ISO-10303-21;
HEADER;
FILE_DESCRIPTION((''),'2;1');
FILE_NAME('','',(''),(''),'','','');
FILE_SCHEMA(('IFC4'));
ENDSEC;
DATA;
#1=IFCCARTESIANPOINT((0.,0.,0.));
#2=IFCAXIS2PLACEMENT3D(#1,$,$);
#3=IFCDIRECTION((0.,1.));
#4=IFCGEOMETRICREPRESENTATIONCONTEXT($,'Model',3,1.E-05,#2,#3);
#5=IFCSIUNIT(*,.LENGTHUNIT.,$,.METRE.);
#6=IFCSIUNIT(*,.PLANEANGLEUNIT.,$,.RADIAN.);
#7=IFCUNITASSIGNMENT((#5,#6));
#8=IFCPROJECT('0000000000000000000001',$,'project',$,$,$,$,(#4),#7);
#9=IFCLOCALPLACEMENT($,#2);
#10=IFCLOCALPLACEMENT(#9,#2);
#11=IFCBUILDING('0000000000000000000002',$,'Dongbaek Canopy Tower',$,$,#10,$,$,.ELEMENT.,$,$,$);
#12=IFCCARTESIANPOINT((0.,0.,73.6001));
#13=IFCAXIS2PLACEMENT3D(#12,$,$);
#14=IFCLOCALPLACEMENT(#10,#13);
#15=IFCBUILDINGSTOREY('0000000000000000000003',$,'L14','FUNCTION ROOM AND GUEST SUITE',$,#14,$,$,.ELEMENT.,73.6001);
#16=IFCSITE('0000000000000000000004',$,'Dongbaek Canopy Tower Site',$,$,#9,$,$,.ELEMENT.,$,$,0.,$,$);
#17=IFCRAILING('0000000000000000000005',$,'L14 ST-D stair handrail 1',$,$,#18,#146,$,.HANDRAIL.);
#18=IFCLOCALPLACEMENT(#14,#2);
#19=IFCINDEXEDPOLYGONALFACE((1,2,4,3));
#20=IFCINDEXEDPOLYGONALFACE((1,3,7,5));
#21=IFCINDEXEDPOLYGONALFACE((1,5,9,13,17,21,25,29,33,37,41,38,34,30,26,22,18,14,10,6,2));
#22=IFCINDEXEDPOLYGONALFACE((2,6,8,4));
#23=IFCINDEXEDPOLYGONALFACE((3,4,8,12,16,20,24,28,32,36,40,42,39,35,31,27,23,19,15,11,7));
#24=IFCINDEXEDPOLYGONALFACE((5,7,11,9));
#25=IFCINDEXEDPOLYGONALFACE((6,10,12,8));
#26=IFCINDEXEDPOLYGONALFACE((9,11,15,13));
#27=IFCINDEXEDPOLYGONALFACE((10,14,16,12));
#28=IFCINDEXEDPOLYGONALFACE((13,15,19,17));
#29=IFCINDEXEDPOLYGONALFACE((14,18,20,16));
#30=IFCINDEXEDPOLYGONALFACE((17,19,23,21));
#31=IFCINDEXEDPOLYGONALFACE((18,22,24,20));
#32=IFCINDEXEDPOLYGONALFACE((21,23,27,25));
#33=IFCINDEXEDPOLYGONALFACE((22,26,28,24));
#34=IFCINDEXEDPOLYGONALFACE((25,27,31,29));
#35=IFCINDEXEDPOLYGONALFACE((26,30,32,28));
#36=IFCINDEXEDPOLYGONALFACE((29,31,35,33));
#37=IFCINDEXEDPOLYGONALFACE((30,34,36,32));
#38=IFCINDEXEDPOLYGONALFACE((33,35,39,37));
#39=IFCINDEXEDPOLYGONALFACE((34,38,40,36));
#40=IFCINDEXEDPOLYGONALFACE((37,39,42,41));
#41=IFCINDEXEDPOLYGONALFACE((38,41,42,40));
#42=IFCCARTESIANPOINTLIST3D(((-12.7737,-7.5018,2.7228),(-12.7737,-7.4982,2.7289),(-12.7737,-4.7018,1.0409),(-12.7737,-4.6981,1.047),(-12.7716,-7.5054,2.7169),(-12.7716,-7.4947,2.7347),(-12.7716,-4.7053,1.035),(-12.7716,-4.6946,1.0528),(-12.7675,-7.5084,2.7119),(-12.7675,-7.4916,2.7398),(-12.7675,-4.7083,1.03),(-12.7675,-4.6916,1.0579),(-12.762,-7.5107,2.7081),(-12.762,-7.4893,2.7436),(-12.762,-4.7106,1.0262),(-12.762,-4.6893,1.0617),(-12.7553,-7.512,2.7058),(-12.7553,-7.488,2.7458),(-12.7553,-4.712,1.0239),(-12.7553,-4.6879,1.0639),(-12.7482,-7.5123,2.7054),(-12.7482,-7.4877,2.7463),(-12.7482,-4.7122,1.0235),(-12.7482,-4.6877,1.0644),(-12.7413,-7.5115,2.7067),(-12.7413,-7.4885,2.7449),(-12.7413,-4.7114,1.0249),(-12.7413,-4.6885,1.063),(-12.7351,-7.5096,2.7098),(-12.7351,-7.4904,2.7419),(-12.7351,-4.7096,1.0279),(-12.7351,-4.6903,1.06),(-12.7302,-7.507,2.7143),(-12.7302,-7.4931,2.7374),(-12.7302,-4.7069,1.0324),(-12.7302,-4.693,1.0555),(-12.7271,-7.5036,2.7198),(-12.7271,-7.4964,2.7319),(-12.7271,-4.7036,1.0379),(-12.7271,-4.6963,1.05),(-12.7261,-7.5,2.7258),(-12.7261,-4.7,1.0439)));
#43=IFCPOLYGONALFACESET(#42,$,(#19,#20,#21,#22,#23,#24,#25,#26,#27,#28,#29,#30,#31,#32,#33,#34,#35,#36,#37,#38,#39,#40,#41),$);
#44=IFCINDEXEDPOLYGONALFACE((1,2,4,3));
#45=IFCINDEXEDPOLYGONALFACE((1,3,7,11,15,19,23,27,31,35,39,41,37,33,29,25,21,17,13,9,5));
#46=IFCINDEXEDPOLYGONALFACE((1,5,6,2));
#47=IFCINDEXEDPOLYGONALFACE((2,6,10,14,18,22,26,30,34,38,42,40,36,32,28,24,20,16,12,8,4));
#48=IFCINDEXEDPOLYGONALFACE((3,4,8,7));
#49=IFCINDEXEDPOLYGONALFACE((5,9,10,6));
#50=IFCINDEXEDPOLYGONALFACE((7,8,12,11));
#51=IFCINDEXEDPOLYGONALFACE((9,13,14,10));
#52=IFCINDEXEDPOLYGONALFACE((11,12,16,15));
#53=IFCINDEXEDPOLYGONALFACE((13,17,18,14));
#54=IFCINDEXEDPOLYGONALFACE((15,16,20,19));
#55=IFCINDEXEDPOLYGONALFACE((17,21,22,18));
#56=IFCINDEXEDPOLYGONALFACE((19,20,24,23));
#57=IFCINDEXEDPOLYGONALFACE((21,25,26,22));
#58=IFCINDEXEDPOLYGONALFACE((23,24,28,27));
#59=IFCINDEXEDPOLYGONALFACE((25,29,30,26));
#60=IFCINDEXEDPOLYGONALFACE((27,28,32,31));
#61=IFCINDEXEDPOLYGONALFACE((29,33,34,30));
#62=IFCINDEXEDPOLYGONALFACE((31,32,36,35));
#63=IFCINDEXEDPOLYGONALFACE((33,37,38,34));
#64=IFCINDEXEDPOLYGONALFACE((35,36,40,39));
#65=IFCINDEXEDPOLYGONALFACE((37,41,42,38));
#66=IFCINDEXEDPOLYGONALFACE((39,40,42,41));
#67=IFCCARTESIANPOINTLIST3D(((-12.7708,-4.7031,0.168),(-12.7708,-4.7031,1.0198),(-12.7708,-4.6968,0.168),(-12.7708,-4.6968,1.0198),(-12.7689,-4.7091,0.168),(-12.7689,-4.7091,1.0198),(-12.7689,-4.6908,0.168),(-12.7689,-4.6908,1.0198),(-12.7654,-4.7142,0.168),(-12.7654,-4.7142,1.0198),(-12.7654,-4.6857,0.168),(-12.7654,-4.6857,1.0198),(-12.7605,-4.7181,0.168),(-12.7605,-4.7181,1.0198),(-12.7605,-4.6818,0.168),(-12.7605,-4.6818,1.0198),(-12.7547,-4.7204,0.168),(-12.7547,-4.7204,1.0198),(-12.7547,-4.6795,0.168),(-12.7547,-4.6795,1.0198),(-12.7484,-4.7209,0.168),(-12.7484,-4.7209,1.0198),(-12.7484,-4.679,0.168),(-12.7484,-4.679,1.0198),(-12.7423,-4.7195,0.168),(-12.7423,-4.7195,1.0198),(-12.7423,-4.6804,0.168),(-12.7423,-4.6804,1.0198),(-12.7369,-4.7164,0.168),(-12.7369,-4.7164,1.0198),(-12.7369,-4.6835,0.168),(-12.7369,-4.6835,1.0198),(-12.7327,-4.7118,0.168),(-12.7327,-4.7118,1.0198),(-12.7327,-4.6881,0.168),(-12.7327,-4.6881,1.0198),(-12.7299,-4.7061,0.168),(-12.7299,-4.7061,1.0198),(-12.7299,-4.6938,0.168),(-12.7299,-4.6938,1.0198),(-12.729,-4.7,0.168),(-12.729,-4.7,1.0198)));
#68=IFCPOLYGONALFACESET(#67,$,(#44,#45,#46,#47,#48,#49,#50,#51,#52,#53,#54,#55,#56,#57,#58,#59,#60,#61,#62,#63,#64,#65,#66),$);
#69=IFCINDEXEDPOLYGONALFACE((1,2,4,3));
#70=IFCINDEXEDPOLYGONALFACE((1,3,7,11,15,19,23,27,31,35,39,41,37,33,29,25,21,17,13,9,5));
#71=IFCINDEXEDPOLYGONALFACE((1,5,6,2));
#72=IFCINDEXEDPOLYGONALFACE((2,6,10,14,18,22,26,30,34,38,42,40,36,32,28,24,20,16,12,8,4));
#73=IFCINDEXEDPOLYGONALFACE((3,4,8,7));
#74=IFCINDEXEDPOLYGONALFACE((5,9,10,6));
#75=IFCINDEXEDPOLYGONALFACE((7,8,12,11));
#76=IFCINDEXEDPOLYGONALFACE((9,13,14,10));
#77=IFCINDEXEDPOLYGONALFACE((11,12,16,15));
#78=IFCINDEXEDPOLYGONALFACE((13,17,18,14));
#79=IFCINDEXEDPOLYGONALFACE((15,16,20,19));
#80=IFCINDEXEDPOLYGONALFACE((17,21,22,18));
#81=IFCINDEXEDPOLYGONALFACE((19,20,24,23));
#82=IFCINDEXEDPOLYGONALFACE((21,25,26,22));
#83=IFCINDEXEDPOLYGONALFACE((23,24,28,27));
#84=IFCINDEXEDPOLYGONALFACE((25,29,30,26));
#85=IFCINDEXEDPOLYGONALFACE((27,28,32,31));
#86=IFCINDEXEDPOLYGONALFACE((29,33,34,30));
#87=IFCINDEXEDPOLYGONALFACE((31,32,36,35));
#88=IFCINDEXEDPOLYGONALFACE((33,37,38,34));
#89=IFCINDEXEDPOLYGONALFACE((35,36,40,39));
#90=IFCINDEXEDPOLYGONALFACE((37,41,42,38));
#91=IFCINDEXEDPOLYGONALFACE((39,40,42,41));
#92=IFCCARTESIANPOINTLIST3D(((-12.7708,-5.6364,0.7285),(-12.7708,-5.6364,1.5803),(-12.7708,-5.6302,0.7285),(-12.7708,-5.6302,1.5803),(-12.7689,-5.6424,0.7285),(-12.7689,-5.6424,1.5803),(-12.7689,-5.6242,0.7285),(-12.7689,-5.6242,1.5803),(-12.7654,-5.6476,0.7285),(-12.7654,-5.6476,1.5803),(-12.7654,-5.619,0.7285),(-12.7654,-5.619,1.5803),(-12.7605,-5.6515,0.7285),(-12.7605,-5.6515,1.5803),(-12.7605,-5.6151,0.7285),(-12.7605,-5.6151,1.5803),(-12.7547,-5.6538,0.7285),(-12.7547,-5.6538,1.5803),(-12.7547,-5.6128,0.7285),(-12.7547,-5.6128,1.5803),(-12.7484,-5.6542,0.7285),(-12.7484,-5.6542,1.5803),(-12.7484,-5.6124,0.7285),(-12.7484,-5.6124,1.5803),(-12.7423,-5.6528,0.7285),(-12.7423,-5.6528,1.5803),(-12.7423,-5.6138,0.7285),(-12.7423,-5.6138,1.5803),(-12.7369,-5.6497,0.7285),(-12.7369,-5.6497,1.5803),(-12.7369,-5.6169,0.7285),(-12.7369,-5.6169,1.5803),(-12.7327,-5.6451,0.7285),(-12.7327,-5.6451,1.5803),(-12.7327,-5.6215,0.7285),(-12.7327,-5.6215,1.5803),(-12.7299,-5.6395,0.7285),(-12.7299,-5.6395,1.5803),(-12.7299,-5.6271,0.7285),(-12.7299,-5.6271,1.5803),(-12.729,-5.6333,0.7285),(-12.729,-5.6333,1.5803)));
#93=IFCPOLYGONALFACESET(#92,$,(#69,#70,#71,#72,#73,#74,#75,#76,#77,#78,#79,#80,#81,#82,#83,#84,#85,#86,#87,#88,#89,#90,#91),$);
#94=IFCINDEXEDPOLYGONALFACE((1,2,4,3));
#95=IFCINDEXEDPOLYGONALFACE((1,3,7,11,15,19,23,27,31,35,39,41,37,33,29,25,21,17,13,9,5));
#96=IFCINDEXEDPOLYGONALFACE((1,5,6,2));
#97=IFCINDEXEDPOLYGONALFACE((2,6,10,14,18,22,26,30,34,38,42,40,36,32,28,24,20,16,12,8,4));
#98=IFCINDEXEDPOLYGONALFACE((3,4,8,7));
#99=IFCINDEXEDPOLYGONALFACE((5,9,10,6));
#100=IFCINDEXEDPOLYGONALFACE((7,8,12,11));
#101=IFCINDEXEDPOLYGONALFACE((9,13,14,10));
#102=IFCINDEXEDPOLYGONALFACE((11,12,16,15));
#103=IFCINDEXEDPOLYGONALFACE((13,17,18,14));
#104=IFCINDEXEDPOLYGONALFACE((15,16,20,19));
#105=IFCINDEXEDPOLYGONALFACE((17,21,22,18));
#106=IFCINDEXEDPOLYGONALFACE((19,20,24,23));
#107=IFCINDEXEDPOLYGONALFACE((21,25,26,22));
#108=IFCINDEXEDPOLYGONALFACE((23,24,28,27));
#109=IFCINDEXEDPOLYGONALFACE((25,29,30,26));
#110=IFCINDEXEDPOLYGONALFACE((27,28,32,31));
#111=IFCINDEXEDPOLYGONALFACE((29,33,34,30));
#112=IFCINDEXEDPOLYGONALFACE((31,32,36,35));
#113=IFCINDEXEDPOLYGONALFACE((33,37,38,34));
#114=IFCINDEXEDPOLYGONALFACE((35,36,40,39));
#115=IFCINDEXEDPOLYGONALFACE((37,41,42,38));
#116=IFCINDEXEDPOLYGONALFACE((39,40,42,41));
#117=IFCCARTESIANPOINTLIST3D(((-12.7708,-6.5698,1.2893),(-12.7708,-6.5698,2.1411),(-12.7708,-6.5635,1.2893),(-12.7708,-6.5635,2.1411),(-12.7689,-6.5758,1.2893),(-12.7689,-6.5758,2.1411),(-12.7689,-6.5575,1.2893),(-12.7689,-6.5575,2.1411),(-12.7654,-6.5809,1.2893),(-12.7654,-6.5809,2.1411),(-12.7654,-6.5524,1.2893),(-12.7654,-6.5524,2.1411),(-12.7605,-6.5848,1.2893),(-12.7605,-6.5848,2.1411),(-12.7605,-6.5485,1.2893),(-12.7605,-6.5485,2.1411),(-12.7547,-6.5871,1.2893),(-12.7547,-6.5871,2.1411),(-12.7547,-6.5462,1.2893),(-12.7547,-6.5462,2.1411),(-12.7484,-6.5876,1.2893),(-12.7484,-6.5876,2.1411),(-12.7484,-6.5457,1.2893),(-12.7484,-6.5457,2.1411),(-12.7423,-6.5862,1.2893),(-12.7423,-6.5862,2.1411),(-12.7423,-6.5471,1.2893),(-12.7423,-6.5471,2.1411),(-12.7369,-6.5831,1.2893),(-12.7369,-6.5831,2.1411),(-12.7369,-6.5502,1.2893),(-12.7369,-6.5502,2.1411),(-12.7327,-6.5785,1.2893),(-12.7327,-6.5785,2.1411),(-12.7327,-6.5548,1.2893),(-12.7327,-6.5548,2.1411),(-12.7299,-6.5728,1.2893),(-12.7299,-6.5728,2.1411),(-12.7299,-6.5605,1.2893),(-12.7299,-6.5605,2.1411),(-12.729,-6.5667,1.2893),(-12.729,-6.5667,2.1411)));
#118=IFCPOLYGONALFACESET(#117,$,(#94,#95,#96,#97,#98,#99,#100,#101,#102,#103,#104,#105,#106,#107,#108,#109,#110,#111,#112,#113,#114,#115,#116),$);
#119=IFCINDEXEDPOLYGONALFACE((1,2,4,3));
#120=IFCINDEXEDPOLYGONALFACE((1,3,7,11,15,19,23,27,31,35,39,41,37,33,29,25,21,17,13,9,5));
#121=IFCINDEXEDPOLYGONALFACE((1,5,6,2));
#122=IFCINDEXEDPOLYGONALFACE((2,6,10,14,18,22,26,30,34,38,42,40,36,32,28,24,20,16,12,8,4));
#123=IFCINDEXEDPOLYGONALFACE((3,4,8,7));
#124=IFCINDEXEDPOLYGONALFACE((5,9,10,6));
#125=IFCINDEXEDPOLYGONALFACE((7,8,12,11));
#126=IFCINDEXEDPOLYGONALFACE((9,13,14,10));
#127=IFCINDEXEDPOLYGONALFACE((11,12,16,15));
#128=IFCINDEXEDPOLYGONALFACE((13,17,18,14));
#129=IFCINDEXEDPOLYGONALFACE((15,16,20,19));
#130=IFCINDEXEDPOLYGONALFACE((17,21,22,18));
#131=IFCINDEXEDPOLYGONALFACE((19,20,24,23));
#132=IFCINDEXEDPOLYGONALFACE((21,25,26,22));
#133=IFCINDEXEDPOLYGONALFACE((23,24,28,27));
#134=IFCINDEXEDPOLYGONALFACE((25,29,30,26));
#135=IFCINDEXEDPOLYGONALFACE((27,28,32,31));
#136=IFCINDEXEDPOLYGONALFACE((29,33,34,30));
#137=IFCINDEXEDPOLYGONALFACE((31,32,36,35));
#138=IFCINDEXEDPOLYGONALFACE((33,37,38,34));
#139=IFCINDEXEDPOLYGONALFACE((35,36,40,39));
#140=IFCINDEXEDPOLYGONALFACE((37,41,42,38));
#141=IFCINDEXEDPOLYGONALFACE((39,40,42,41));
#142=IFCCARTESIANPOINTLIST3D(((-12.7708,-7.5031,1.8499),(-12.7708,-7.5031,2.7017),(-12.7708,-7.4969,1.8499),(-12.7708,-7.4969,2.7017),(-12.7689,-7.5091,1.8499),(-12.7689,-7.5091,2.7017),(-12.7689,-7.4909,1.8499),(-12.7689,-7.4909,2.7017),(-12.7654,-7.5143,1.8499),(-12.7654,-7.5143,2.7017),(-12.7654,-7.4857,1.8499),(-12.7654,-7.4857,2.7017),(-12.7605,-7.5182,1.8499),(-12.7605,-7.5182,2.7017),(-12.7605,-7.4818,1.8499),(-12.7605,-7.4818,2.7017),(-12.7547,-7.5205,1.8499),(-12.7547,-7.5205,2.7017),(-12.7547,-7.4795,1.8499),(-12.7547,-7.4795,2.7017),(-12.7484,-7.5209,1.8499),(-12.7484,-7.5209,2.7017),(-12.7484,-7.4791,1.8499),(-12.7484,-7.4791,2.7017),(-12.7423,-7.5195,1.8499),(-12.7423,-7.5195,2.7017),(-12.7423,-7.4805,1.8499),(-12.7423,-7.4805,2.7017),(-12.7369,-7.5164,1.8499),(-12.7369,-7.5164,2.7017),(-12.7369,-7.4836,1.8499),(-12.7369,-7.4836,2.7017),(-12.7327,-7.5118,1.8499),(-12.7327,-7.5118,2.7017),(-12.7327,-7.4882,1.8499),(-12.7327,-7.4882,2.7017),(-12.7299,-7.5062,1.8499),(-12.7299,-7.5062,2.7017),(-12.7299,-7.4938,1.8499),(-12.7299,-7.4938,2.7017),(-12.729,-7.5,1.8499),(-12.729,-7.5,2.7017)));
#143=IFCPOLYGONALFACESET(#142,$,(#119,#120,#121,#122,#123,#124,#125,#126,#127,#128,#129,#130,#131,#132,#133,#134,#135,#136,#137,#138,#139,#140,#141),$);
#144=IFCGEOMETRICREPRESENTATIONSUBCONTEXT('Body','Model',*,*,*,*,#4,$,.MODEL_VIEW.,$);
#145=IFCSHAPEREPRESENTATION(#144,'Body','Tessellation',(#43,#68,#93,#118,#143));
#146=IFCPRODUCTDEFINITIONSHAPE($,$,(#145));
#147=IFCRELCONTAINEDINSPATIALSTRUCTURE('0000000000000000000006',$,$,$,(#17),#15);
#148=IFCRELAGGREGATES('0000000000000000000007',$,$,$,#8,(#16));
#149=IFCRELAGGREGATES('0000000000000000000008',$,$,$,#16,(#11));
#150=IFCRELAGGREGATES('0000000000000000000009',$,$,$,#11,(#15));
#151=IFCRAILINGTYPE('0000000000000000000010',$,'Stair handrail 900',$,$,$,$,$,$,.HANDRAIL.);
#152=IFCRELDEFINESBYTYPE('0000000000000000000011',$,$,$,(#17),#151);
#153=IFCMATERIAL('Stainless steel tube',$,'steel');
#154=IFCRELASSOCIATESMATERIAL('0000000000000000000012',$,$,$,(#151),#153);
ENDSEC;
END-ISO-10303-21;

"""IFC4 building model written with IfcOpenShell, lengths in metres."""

from ifc_helpers import new_model, si_unit, direction, frame, origin, origin_2d, place, context, subcontext, project, spatial, circle, extrude, material, type_object, element, save


model = new_model("IFC4")

# Units and contexts
model_context = context("Model", 3, precision=1e-05, world=origin(), true_north=direction((0.0, 1.0)))
body_context = subcontext(model_context, "Body", "Model", "MODEL_VIEW")
ifc_project = project(units=[si_unit("LENGTHUNIT", "METRE"), si_unit("PLANEANGLEUNIT", "RADIAN")], contexts=[model_context])

# Site, building, storey
site_placement = place(None, origin())
site = spatial("IfcSite", under=ifc_project, at=site_placement, Name="Dongbaek Canopy Tower Site", CompositionType="ELEMENT", RefElevation=0.0)
building_placement = place(site_placement, origin())
building = spatial("IfcBuilding", under=site, at=building_placement, Name="Dongbaek Canopy Tower", CompositionType="ELEMENT")
storey_placement = place(building_placement, frame((0.0, 0.0, 73.6001)))
storey = spatial("IfcBuildingStorey", under=building, at=storey_placement, Name="L14", Description="FUNCTION ROOM AND GUEST SUITE", CompositionType="ELEMENT", Elevation=73.6001)

# Railing
ifc_material_1 = material(Name="Stainless steel tube", Category="steel")
railing_type_1 = type_object("IfcRailingType", Name="Stair handrail 900", PredefinedType="HANDRAIL", material=ifc_material_1)
railing_1_placement = place(storey_placement, frame((-12.75, -4.7, 0.168)))
element("IfcRailing", 1, at=railing_1_placement, inside=storey, type_object=railing_type_1, Name="L14 ST-D stair handrail 1", PredefinedType="HANDRAIL", context=body_context, shape_type="SweptSolid", body=[
    extrude(circle(Radius=0.0239, at=origin_2d()), frame((0.0, 0.0, 0.876), z_axis=(0.0, -0.857242, 0.514913), x_axis=(1.0, 0.0, 0.0)), (0.0, 0.0, 1.0), 3.2664),
    extrude(circle(Radius=0.021, at=origin_2d()), origin(), (0.0, 0.0, 1.0), 0.8518),
    extrude(circle(Radius=0.021, at=origin_2d()), frame((0.0, -0.9333, 0.5605)), (0.0, 0.0, 1.0), 0.8518),
    extrude(circle(Radius=0.021, at=origin_2d()), frame((0.0, -1.8667, 1.1213)), (0.0, 0.0, 1.0), 0.8518),
    extrude(circle(Radius=0.021, at=origin_2d()), frame((0.0, -2.8, 1.6819)), (0.0, 0.0, 1.0), 0.8518),
])

save(model, "model.ifc")
